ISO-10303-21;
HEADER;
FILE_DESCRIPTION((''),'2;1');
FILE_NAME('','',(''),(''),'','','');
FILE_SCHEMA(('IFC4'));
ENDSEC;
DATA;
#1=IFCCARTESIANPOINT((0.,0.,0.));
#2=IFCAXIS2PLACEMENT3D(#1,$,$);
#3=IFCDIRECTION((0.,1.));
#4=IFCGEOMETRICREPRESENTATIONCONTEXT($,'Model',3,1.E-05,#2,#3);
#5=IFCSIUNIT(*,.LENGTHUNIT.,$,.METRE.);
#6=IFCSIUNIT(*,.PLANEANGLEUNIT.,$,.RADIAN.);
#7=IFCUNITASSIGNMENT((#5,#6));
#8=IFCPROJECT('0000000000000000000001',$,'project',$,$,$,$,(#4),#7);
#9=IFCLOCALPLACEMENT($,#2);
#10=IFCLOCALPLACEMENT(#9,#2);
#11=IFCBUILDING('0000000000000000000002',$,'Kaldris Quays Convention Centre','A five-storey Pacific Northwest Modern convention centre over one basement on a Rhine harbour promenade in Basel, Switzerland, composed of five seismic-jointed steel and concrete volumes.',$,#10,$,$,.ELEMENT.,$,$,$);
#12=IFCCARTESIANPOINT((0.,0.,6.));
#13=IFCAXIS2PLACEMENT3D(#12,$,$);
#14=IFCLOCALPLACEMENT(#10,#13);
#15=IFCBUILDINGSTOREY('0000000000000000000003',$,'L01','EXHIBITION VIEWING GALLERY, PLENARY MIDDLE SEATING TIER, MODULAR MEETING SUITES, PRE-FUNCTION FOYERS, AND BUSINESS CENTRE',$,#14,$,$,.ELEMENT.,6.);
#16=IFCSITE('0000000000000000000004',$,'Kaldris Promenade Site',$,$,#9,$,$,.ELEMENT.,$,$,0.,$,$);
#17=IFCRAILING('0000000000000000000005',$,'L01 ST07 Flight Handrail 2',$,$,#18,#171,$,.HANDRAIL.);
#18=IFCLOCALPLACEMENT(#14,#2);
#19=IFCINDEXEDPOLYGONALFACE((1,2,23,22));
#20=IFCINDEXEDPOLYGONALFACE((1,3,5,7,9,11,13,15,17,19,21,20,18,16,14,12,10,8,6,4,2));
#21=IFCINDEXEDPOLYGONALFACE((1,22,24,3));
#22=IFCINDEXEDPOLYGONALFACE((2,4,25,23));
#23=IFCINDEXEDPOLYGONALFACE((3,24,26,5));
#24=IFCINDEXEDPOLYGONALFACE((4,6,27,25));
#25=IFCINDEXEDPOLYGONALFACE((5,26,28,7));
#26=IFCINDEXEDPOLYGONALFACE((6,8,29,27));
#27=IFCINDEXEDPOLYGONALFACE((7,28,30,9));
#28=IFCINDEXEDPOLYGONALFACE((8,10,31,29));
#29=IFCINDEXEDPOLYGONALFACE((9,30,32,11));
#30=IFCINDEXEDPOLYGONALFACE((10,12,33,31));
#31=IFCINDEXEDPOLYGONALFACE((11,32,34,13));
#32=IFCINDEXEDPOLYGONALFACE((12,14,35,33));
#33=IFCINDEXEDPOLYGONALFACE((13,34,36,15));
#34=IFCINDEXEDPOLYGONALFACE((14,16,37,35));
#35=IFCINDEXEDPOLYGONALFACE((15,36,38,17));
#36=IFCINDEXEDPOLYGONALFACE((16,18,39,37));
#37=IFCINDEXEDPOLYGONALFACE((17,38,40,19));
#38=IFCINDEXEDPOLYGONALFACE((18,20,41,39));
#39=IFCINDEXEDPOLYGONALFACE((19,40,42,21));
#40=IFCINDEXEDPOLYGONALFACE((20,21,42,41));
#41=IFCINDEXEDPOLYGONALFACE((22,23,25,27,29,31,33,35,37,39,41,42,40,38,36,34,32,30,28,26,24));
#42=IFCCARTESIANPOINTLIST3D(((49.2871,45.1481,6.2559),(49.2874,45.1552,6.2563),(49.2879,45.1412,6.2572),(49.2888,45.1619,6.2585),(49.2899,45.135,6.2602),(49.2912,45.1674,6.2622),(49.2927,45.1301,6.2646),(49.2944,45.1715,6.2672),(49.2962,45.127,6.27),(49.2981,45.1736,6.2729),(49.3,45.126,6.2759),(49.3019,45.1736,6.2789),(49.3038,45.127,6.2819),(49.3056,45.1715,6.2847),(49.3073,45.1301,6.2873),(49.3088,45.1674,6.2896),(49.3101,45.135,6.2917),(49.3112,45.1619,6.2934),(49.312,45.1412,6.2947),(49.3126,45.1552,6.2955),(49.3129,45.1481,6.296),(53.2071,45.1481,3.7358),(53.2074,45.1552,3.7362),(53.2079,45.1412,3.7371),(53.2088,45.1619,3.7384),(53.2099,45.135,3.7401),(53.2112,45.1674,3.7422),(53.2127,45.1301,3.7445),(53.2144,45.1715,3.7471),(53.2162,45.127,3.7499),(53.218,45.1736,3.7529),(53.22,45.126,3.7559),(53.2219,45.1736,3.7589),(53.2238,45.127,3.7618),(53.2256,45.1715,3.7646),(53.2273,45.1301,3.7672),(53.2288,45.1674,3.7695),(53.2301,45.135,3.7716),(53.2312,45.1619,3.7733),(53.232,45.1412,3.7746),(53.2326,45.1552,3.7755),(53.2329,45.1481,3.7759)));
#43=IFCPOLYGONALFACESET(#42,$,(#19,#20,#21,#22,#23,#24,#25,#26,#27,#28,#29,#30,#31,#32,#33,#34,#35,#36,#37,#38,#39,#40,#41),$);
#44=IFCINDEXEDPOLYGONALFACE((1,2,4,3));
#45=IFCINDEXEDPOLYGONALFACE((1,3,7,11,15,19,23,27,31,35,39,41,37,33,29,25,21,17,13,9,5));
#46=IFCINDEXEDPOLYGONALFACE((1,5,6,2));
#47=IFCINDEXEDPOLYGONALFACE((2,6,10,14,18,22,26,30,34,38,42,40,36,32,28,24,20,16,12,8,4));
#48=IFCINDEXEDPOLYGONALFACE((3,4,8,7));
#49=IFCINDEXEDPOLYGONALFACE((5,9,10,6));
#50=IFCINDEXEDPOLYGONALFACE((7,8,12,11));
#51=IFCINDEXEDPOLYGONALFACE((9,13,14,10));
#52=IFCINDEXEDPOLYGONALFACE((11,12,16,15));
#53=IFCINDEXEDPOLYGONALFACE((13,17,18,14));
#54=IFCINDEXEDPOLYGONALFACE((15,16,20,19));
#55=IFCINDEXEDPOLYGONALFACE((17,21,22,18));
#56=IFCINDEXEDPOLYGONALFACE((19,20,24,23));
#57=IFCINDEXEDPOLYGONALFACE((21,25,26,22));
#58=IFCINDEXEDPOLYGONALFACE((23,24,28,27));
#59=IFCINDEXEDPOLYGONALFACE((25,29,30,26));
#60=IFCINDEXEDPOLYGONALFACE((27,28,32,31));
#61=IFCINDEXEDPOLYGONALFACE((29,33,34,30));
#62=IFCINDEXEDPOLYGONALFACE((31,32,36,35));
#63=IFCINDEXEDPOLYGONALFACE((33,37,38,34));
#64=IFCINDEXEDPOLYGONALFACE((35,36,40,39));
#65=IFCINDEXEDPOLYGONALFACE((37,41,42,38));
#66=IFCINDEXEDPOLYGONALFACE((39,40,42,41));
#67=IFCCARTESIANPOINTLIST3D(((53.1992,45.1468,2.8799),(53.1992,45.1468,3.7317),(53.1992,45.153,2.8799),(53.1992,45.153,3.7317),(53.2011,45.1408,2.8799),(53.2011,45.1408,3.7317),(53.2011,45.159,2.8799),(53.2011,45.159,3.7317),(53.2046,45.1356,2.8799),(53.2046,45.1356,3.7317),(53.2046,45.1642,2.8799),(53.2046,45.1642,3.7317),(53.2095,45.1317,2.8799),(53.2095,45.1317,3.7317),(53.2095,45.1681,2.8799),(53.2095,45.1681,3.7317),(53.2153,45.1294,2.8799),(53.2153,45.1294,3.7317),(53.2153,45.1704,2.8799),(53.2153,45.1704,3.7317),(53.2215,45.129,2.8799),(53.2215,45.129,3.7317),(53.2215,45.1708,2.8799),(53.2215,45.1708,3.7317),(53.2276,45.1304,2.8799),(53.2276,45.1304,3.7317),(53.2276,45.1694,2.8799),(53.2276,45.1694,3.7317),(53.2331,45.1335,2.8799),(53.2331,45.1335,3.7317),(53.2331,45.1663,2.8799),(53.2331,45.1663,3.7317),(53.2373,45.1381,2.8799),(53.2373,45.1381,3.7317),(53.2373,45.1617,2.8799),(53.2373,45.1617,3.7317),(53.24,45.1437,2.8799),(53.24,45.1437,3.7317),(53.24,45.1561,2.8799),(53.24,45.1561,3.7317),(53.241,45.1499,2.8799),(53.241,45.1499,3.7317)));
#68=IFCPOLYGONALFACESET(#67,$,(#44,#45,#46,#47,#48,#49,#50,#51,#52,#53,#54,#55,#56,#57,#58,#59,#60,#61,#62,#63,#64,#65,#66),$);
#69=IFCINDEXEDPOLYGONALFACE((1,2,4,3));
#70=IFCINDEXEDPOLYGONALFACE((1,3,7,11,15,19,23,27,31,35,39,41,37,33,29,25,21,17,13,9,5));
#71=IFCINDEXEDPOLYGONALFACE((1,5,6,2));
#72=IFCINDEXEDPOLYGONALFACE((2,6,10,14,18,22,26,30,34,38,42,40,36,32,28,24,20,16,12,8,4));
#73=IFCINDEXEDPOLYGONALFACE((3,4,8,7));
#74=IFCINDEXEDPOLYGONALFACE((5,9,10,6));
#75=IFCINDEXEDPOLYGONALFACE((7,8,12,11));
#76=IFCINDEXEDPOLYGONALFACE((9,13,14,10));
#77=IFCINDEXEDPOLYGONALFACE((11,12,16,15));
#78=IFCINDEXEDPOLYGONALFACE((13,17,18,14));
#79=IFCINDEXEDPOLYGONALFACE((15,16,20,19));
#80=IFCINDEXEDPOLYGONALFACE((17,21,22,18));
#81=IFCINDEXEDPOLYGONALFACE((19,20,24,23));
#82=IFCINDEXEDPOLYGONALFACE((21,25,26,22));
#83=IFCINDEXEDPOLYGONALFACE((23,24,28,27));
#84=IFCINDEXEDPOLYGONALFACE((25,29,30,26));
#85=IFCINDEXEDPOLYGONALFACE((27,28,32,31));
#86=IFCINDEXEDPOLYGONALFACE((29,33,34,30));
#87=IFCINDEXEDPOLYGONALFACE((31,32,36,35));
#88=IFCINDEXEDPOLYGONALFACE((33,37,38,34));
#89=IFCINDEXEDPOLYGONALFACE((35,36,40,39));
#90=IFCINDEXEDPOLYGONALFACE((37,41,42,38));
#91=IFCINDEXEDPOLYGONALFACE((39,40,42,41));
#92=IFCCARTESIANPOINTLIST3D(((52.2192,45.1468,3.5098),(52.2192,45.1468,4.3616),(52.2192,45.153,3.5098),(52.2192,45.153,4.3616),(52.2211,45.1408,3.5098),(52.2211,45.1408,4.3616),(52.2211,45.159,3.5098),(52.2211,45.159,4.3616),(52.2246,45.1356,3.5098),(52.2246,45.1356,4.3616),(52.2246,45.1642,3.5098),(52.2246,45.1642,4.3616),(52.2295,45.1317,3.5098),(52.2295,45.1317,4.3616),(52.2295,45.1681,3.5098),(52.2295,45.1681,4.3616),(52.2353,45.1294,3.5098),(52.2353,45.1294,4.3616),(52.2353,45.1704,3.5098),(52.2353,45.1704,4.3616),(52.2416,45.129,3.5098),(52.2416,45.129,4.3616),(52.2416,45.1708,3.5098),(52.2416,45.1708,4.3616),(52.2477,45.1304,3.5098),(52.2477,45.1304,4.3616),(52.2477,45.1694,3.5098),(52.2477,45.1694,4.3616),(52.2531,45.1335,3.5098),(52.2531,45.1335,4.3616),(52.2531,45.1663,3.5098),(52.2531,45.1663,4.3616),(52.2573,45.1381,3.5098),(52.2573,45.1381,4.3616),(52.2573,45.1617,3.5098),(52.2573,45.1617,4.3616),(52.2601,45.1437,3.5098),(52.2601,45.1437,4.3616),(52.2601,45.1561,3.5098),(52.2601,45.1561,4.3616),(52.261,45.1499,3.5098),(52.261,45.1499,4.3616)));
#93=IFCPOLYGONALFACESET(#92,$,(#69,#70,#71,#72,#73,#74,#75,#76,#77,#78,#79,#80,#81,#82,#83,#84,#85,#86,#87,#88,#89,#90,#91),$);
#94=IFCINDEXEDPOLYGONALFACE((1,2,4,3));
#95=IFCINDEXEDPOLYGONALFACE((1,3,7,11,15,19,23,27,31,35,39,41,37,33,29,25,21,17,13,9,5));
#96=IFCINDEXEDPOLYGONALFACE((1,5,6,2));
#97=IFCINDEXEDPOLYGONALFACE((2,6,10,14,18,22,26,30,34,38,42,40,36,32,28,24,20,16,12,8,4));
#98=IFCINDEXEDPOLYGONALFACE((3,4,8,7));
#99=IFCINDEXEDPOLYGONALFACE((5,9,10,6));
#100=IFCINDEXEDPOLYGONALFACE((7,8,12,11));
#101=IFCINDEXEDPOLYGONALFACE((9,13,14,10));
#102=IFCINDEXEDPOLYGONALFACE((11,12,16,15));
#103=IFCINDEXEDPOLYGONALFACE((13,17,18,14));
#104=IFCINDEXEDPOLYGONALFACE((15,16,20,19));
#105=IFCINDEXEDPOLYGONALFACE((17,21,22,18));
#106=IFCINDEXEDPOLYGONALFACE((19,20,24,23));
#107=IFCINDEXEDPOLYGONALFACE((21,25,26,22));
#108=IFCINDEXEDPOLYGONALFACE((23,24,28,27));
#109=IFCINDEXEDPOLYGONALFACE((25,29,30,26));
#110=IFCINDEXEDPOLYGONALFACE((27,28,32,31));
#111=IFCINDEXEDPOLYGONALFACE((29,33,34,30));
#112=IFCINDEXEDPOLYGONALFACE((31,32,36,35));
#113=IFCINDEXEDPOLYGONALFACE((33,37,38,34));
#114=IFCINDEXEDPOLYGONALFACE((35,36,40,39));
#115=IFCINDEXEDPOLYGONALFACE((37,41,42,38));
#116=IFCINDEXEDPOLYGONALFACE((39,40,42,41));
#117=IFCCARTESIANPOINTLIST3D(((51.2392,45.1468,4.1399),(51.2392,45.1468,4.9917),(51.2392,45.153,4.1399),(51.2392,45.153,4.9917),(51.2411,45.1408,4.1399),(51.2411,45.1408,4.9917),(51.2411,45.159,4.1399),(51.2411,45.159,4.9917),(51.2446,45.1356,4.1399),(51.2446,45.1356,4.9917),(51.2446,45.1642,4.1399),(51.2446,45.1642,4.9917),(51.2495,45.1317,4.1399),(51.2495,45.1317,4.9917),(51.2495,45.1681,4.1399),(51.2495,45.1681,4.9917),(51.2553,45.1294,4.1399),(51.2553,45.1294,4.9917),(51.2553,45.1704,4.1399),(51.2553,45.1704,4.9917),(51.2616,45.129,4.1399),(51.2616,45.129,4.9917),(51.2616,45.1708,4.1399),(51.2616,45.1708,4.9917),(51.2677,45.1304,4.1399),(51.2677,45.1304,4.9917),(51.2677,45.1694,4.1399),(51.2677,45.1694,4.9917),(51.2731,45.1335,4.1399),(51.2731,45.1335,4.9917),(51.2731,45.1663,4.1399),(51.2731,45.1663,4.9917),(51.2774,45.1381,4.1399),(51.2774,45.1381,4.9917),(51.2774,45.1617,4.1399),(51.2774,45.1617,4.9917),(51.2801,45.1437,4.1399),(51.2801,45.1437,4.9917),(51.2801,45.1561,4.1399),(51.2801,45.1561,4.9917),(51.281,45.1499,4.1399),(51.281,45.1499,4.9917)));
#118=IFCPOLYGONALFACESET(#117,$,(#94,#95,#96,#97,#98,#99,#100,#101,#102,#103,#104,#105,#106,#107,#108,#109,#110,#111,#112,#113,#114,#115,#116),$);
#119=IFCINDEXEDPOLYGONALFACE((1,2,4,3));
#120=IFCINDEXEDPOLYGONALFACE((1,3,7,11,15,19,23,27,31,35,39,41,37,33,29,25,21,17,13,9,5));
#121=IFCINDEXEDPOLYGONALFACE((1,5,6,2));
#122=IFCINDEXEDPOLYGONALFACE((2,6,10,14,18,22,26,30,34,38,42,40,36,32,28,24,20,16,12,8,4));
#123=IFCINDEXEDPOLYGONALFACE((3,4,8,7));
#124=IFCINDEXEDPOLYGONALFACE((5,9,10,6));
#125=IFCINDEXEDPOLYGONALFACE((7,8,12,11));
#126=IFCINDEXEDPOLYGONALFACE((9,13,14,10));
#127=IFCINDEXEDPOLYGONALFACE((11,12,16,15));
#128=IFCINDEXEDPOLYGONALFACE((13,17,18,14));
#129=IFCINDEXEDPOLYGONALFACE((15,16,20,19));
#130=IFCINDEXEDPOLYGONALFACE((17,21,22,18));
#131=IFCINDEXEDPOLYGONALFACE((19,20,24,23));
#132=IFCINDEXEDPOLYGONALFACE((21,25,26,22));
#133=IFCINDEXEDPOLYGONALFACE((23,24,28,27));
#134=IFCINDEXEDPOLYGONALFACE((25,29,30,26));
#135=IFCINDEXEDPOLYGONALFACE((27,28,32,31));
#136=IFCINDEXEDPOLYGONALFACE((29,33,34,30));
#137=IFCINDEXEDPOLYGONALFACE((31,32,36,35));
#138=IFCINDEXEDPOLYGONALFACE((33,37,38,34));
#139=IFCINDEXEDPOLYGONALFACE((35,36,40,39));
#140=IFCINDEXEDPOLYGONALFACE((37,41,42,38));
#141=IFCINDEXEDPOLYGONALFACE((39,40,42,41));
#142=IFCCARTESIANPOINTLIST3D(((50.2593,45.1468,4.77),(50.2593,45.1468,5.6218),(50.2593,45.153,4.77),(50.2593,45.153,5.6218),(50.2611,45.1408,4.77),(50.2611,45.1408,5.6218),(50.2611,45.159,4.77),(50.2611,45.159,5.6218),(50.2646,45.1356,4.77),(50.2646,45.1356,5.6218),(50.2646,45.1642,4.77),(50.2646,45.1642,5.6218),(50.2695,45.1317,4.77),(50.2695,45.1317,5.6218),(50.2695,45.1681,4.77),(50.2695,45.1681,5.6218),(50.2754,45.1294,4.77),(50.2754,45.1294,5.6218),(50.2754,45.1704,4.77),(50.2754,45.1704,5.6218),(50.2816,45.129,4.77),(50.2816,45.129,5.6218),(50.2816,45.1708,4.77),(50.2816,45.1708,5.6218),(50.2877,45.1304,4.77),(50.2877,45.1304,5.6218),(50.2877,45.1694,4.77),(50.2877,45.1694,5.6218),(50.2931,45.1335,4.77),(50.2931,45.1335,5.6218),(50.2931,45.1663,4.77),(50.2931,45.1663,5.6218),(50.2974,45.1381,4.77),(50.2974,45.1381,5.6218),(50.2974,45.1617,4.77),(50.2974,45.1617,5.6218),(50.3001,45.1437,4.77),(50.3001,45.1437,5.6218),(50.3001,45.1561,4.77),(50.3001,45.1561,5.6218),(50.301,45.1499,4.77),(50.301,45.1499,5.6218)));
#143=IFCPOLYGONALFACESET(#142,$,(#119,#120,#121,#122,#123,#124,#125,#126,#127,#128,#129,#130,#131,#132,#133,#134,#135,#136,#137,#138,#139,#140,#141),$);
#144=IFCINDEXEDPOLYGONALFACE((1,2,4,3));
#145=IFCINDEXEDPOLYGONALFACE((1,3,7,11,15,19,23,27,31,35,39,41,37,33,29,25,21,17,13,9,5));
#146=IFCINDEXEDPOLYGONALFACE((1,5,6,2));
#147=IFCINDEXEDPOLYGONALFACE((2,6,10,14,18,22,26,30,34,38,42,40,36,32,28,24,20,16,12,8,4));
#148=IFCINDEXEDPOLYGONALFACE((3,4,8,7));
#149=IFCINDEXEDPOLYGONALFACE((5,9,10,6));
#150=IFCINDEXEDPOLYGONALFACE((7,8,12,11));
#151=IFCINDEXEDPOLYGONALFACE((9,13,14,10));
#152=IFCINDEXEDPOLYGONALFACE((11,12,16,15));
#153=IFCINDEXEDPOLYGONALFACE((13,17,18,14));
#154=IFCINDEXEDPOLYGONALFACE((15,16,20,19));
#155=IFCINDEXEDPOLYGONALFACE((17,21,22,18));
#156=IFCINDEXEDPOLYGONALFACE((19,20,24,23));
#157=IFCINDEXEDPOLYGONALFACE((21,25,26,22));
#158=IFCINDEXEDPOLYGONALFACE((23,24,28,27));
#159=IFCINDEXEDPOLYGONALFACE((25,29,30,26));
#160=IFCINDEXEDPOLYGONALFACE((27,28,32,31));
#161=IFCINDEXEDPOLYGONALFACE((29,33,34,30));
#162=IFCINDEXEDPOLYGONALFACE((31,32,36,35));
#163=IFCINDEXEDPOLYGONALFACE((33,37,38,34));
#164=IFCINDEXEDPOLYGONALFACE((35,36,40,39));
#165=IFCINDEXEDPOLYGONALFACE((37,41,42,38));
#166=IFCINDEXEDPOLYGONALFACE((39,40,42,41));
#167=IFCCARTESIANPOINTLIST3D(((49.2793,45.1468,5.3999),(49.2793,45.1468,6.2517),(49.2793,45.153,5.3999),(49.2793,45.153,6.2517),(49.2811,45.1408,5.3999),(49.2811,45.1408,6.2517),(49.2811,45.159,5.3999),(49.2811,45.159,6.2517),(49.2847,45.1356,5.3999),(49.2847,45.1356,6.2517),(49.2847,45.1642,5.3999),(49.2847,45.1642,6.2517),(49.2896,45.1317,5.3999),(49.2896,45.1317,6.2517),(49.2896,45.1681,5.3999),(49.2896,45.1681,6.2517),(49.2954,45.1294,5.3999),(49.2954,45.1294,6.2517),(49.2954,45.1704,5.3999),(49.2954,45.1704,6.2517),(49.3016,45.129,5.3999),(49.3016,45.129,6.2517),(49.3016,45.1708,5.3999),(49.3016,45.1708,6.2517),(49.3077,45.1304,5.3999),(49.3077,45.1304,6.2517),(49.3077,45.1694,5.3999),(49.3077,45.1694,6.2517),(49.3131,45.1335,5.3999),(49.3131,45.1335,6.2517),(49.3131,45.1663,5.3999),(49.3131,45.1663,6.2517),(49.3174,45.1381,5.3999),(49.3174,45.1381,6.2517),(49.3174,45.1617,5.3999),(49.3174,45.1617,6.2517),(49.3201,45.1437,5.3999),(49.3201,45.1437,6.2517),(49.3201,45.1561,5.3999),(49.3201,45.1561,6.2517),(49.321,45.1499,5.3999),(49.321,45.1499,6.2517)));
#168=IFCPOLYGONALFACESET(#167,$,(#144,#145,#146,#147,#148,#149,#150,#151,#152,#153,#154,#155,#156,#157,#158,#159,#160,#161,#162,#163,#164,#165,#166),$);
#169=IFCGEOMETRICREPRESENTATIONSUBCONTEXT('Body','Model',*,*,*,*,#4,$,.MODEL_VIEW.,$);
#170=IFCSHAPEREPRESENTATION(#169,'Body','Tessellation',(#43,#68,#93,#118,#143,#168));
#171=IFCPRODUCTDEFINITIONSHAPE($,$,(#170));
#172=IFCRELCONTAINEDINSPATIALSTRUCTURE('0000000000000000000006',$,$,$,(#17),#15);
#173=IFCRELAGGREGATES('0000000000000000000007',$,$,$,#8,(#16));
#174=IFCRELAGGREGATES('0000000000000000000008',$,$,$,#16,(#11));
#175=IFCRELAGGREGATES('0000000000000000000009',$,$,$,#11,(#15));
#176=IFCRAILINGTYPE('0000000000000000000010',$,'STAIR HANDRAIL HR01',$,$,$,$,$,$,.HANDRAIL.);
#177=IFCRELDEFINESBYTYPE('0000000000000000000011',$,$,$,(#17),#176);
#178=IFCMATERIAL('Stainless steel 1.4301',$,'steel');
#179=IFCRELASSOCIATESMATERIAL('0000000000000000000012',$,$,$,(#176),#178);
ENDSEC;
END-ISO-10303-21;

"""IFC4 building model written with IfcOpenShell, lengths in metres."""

from ifc_helpers import new_model, si_unit, direction, frame, origin, origin_2d, place, context, subcontext, project, spatial, circle, extrude, material, type_object, element, save


model = new_model("IFC4")

# Units and contexts
model_context = context("Model", 3, precision=1e-05, world=origin(), true_north=direction((0.0, 1.0)))
body_context = subcontext(model_context, "Body", "Model", "MODEL_VIEW")
ifc_project = project(units=[si_unit("LENGTHUNIT", "METRE"), si_unit("PLANEANGLEUNIT", "RADIAN")], contexts=[model_context])

# Site, building, storey
site_placement = place(None, origin())
site = spatial("IfcSite", under=ifc_project, at=site_placement, Name="Kaldris Promenade Site", CompositionType="ELEMENT", RefElevation=0.0)
building_placement = place(site_placement, origin())
building = spatial("IfcBuilding", under=site, at=building_placement, Name="Kaldris Quays Convention Centre", Description="A five-storey Pacific Northwest Modern convention centre over one basement on a Rhine harbour promenade in Basel, Switzerland, composed of five seismic-jointed steel and concrete volumes.", CompositionType="ELEMENT")
storey_placement = place(building_placement, frame((0.0, 0.0, 6.0)))
storey = spatial("IfcBuildingStorey", under=building, at=storey_placement, Name="L01", Description="EXHIBITION VIEWING GALLERY, PLENARY MIDDLE SEATING TIER, MODULAR MEETING SUITES, PRE-FUNCTION FOYERS, AND BUSINESS CENTRE", CompositionType="ELEMENT", Elevation=6.0)

# Railing
ifc_material_1 = material(Name="Stainless steel 1.4301", Category="steel")
railing_type_1 = type_object("IfcRailingType", Name="STAIR HANDRAIL HR01", PredefinedType="HANDRAIL", material=ifc_material_1)
railing_1_placement = place(storey_placement, frame((53.22, 45.1499, 2.8799)))
element("IfcRailing", 1, at=railing_1_placement, inside=storey, type_object=railing_type_1, Name="L01 ST07 Flight Handrail 2", PredefinedType="HANDRAIL", context=body_context, shape_type="SweptSolid", body=[
    extrude(circle(Radius=0.0239, at=origin_2d()), frame((0.0, 0.0, 0.876), z_axis=(-0.841172, 0.0, 0.540768), x_axis=(0.0, -1.0, 0.0)), (0.0, 0.0, 1.0), 4.6602),
    extrude(circle(Radius=0.021, at=origin_2d()), origin(), (0.0, 0.0, 1.0), 0.8518),
    extrude(circle(Radius=0.021, at=origin_2d()), frame((-0.98, 0.0, 0.6299)), (0.0, 0.0, 1.0), 0.8518),
    extrude(circle(Radius=0.021, at=origin_2d()), frame((-1.96, 0.0, 1.26)), (0.0, 0.0, 1.0), 0.8518),
    extrude(circle(Radius=0.021, at=origin_2d()), frame((-2.9399, 0.0, 1.8901)), (0.0, 0.0, 1.0), 0.8518),
    extrude(circle(Radius=0.021, at=origin_2d()), frame((-3.9199, 0.0, 2.52)), (0.0, 0.0, 1.0), 0.8518),
])

save(model, "model.ifc")
